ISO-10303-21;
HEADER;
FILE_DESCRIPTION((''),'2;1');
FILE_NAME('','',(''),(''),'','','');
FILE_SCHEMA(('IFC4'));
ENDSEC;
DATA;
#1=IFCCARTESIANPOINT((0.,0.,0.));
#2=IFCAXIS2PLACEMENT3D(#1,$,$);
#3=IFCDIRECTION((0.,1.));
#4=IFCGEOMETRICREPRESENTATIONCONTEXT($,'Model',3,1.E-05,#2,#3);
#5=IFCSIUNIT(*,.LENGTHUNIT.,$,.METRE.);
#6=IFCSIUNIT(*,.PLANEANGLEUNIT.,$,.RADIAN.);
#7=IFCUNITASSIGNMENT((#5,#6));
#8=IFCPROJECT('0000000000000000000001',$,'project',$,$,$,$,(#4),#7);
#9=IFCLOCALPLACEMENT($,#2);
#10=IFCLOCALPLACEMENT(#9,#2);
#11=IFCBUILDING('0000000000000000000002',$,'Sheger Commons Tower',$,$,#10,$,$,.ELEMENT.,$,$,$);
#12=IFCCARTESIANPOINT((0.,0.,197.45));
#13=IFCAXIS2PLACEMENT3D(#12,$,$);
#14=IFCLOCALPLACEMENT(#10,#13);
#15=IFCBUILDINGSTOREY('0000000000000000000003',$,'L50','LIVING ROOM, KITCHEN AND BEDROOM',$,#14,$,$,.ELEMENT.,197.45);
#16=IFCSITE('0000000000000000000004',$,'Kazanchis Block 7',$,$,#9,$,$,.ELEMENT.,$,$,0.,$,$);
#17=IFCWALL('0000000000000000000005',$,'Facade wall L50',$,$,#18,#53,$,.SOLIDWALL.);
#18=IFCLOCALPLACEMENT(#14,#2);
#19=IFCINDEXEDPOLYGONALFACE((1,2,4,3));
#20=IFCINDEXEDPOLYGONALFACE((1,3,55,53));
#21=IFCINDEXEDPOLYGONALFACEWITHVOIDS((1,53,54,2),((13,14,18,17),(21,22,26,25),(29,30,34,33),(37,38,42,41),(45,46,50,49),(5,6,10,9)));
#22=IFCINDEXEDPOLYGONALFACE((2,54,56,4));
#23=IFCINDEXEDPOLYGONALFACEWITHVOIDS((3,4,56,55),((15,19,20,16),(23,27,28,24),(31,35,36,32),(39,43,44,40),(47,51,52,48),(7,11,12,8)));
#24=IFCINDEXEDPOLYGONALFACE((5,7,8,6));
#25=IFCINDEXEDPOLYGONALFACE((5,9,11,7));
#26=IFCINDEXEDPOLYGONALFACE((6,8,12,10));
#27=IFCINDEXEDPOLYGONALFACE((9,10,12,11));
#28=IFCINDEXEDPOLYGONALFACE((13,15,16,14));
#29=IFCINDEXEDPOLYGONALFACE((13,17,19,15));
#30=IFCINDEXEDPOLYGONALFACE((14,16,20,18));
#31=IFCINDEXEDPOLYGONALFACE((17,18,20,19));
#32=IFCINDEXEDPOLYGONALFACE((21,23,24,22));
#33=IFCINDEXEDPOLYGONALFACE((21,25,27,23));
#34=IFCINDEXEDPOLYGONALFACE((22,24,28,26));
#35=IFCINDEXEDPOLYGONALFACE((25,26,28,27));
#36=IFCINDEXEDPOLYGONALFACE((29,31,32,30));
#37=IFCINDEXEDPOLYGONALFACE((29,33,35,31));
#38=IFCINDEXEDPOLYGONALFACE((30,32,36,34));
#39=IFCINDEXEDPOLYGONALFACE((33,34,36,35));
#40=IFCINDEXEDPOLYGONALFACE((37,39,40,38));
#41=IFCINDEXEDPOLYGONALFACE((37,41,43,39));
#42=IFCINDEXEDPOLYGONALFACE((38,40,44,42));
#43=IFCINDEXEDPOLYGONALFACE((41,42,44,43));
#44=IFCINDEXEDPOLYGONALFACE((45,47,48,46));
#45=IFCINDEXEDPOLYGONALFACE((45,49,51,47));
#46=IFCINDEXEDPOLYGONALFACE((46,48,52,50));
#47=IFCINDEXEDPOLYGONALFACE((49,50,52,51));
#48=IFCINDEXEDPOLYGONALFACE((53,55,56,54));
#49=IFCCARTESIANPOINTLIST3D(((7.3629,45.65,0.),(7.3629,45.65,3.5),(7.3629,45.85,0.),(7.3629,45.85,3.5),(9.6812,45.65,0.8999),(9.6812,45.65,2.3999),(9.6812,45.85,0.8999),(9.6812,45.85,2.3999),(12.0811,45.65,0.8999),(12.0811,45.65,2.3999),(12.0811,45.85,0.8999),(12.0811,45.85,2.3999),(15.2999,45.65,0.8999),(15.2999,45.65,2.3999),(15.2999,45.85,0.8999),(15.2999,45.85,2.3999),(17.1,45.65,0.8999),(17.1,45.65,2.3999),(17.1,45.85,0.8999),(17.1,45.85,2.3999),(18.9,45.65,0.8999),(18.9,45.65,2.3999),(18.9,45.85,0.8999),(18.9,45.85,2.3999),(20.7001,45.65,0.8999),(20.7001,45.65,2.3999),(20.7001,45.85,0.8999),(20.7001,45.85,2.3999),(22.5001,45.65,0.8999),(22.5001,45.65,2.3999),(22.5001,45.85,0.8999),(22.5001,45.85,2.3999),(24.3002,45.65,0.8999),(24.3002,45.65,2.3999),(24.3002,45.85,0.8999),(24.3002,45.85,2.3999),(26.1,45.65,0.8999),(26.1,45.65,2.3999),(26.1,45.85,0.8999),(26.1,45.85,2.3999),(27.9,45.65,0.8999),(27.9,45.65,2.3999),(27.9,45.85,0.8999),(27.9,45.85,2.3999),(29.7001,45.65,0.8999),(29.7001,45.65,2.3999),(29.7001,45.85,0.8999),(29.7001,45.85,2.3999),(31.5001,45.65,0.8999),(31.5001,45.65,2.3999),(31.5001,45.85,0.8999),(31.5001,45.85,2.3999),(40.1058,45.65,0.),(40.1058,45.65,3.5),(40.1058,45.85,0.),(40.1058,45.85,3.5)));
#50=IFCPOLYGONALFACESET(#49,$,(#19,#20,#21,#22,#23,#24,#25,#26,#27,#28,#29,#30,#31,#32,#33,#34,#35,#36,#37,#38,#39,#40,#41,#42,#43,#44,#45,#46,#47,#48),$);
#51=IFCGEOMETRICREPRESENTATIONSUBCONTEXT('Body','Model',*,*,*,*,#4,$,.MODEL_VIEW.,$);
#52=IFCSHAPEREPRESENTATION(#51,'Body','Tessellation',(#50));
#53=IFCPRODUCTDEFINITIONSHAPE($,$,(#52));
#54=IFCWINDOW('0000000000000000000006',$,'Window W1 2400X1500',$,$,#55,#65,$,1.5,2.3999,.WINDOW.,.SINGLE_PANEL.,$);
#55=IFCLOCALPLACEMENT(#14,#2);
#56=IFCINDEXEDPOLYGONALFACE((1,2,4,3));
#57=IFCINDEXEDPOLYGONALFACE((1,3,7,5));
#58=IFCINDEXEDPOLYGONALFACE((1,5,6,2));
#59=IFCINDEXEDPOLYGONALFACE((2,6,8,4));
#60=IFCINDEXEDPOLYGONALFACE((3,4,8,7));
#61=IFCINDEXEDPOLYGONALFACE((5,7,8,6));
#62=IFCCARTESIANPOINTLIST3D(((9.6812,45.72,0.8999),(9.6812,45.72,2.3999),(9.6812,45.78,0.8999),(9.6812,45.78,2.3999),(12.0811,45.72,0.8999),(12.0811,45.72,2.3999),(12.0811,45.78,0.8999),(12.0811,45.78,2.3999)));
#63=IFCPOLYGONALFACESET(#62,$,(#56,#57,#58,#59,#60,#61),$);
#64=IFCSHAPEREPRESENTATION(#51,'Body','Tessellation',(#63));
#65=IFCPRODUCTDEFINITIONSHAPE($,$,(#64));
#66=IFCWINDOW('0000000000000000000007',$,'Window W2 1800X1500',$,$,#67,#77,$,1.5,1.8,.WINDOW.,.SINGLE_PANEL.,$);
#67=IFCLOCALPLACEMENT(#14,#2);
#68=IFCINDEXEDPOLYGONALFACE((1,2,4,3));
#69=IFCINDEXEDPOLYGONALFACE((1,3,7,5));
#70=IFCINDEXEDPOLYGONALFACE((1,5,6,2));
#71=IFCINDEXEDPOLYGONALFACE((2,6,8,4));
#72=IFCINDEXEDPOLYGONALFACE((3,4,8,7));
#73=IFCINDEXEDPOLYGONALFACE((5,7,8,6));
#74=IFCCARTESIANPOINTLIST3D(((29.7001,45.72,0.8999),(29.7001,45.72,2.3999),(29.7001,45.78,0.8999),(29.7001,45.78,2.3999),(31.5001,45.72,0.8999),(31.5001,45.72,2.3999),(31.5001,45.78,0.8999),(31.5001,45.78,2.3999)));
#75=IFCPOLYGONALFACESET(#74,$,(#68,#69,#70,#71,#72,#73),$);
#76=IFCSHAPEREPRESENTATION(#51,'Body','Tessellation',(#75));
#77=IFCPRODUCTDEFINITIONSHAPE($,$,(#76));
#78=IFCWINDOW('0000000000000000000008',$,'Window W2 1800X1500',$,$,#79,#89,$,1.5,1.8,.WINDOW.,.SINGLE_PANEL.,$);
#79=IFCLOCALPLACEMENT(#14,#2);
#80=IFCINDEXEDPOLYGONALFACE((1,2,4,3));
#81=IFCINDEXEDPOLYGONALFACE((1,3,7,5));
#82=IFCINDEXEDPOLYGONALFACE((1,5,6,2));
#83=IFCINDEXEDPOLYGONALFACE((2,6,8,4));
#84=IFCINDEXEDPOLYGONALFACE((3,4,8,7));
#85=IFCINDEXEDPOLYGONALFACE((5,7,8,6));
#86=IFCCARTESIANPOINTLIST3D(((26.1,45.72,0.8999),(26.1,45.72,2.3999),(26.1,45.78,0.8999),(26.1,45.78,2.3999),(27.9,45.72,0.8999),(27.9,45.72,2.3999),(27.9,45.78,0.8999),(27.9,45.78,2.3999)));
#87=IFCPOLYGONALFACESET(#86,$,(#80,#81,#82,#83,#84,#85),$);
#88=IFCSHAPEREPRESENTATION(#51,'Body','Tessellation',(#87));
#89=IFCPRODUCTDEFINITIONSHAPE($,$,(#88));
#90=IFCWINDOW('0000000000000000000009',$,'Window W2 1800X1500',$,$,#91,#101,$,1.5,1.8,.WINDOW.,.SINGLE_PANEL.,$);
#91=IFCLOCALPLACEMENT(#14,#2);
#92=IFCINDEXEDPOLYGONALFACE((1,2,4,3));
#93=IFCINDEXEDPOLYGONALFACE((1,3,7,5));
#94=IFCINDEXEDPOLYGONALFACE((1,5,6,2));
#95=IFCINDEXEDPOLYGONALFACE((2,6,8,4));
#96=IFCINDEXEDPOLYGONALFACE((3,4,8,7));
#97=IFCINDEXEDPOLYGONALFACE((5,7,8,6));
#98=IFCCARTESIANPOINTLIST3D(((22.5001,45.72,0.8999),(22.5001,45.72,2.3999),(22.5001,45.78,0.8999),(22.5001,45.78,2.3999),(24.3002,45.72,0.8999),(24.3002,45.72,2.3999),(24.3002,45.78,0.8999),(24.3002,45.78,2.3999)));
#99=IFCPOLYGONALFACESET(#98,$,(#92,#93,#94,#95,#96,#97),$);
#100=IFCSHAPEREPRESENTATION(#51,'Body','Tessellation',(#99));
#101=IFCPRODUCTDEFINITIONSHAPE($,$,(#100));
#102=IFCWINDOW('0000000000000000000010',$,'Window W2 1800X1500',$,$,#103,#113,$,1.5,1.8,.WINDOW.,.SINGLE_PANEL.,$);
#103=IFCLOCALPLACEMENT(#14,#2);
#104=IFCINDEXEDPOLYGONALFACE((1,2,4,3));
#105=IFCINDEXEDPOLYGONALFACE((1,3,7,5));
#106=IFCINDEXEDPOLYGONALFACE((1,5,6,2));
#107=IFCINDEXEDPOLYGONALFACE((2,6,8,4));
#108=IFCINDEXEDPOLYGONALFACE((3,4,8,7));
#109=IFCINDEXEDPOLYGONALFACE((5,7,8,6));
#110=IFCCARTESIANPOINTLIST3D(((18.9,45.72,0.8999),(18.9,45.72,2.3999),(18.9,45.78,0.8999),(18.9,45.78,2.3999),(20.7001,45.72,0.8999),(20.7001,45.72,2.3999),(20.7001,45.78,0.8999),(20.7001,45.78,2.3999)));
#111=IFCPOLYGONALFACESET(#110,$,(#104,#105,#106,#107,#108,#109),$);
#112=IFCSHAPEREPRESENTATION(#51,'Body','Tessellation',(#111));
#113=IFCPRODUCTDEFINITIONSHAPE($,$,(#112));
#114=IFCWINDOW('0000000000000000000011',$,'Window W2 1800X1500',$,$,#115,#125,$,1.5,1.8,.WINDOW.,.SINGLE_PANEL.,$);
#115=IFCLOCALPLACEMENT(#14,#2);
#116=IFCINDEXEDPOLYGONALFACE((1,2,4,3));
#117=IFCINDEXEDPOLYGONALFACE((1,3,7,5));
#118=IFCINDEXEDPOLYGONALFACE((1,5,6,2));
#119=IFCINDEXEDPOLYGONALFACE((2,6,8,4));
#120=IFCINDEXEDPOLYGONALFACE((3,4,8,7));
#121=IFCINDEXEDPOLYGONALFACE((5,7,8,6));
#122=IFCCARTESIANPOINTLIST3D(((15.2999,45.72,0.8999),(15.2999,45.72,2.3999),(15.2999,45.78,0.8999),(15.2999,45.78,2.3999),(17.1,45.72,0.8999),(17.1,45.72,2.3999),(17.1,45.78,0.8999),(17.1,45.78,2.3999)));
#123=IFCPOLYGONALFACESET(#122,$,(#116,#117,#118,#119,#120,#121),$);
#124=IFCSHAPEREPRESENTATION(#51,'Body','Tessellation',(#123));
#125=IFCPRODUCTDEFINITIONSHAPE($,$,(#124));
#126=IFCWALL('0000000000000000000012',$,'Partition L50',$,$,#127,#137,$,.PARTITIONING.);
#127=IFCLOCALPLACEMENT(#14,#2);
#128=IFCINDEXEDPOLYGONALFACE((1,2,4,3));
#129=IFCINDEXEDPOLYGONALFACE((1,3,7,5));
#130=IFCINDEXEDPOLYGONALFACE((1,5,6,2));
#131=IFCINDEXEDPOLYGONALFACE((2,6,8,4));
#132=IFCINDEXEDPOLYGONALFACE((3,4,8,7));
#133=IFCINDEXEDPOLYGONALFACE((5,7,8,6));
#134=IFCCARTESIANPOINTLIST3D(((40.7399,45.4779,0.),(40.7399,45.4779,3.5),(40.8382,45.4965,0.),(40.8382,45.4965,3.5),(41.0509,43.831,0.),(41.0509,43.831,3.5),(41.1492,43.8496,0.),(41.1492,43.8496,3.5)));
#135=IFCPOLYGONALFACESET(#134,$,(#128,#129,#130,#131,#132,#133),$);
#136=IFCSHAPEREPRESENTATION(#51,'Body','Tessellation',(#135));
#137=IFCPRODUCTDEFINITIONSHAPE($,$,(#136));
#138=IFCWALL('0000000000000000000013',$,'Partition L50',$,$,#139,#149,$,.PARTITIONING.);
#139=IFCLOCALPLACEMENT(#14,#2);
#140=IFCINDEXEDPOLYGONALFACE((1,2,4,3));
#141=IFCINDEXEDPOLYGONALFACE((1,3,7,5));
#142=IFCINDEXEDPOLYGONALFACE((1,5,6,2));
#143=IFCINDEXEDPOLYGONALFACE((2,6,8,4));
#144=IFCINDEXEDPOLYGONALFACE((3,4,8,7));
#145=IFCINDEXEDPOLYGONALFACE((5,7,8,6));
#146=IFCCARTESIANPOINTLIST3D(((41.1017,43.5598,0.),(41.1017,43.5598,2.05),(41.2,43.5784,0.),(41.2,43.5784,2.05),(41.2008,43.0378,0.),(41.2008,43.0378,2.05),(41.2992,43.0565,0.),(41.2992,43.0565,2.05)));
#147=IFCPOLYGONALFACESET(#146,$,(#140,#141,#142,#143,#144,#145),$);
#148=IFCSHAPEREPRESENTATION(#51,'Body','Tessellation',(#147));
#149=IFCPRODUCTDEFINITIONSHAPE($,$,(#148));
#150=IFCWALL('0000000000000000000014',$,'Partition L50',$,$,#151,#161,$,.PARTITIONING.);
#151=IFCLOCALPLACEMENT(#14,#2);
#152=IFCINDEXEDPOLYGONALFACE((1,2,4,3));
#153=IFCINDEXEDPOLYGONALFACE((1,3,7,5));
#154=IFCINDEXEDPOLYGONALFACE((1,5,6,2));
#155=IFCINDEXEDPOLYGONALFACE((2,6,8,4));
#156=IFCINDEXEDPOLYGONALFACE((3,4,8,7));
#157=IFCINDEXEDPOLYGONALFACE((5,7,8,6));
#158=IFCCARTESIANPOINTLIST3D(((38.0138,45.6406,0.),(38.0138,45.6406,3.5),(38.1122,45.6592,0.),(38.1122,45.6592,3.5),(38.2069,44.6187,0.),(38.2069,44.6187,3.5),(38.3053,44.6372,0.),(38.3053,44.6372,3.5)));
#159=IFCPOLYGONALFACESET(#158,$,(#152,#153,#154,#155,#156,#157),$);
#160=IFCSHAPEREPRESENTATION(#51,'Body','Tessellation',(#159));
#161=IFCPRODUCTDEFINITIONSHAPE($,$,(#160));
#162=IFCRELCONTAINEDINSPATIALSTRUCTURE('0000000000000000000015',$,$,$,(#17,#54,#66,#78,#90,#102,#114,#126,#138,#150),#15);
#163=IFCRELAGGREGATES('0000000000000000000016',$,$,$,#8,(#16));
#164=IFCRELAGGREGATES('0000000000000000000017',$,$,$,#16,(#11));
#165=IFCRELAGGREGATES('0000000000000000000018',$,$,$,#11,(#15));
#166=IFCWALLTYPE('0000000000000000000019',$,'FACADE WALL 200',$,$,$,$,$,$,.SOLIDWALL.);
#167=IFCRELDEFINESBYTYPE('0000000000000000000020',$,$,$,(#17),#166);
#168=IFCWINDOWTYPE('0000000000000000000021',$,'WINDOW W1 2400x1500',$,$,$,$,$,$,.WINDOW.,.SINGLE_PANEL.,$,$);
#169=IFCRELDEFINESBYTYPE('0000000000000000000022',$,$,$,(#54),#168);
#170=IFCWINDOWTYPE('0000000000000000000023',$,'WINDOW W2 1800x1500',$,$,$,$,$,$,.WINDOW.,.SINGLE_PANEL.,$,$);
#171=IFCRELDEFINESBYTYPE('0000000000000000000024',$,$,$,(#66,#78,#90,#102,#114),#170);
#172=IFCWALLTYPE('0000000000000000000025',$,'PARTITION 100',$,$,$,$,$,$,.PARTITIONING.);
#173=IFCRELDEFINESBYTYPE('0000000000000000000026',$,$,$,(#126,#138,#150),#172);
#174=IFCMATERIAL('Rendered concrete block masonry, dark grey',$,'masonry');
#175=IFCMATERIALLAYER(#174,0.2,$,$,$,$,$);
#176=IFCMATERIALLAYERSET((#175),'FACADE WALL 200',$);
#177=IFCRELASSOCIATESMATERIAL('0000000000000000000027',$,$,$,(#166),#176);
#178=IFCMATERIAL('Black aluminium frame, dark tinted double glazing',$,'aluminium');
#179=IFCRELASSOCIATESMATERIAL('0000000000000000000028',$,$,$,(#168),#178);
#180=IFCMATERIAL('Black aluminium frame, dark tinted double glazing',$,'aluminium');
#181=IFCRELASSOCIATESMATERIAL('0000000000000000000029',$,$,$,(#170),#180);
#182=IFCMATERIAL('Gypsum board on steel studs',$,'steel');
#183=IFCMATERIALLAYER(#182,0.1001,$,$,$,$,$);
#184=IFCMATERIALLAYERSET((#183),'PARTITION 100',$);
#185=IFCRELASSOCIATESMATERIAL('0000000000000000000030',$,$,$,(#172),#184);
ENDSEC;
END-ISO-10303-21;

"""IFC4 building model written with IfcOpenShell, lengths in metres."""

from ifc_helpers import new_model, si_unit, direction, frame, frame_2d, origin, place, context, subcontext, project, spatial, rectangle, extrude, material, layer, layer_set, type_object, element, fill, save


model = new_model("IFC4")

# Units and contexts
model_context = context("Model", 3, precision=1e-05, world=origin(), true_north=direction((0.0, 1.0)))
body_context = subcontext(model_context, "Body", "Model", "MODEL_VIEW")
ifc_project = project(units=[si_unit("LENGTHUNIT", "METRE"), si_unit("PLANEANGLEUNIT", "RADIAN")], contexts=[model_context])

# Site, building, storey
site_placement = place(None, origin())
site = spatial("IfcSite", under=ifc_project, at=site_placement, Name="Kazanchis Block 7", CompositionType="ELEMENT", RefElevation=0.0)
building_placement = place(site_placement, origin())
building = spatial("IfcBuilding", under=site, at=building_placement, Name="Sheger Commons Tower", CompositionType="ELEMENT")
storey_placement = place(building_placement, frame((0.0, 0.0, 197.45)))
storey = spatial("IfcBuildingStorey", under=building, at=storey_placement, Name="L50", Description="LIVING ROOM, KITCHEN AND BEDROOM", CompositionType="ELEMENT", Elevation=197.45)

# Shared definitions
ifc_material_1 = material(Name="Rendered concrete block masonry, dark grey", Category="masonry")
ifc_layer_1 = layer(ifc_material_1, 0.2)
ifc_layer_set_1 = layer_set([ifc_layer_1], Name="FACADE WALL 200")
wall_type_1 = type_object("IfcWallType", Name="FACADE WALL 200", PredefinedType="SOLIDWALL", material=ifc_layer_set_1)

# Wall, openings, windows
wall_1_placement = place(storey_placement, frame((40.106, 45.75, 0.0), z_axis=(0.0, 0.0, 1.0), x_axis=(-1.0, 0.0, 0.0)))
wall_1 = element("IfcWall", 1, at=wall_1_placement, inside=storey, type_object=wall_type_1, Name="Facade wall L50", PredefinedType="SOLIDWALL", context=body_context, shape_type="SweptSolid", body=[
    extrude(rectangle(XDim=32.7429, YDim=0.2, at=frame_2d((16.3716, 0.0))), origin(), (0.0, 0.0, 1.0), 3.5),
])
opening_1_placement = place(wall_1_placement, frame((8.606, 0.0, 0.8999)))
opening_1 = element("IfcOpeningElement", 2, at=opening_1_placement, cuts=wall_1, PredefinedType="OPENING", context=body_context, shape_type="SweptSolid", body=[
    extrude(rectangle(XDim=1.8, YDim=1.5, at=frame_2d((0.8999, 0.75))), frame((0.0, 0.1099, 0.0), z_axis=(0.0, -1.0, 0.0), x_axis=(1.0, 0.0, 0.0)), (0.0, 0.0, 1.0), 0.22),
])
opening_2_placement = place(wall_1_placement, frame((12.2061, 0.0, 0.8999)))
opening_2 = element("IfcOpeningElement", 3, at=opening_2_placement, cuts=wall_1, PredefinedType="OPENING", context=body_context, shape_type="SweptSolid", body=[
    extrude(rectangle(XDim=1.8, YDim=1.5, at=frame_2d((0.8999, 0.75))), frame((0.0, 0.1099, 0.0), z_axis=(0.0, -1.0, 0.0), x_axis=(1.0, 0.0, 0.0)), (0.0, 0.0, 1.0), 0.22),
])
opening_3_placement = place(wall_1_placement, frame((15.8059, 0.0, 0.8999)))
opening_3 = element("IfcOpeningElement", 4, at=opening_3_placement, cuts=wall_1, PredefinedType="OPENING", context=body_context, shape_type="SweptSolid", body=[
    extrude(rectangle(XDim=1.8, YDim=1.5, at=frame_2d((0.8999, 0.75))), frame((0.0, 0.1099, 0.0), z_axis=(0.0, -1.0, 0.0), x_axis=(1.0, 0.0, 0.0)), (0.0, 0.0, 1.0), 0.22),
])
opening_4_placement = place(wall_1_placement, frame((19.406, 0.0, 0.8999)))
opening_4 = element("IfcOpeningElement", 5, at=opening_4_placement, cuts=wall_1, PredefinedType="OPENING", context=body_context, shape_type="SweptSolid", body=[
    extrude(rectangle(XDim=1.8, YDim=1.5, at=frame_2d((0.8999, 0.75))), frame((0.0, 0.1099, 0.0), z_axis=(0.0, -1.0, 0.0), x_axis=(1.0, 0.0, 0.0)), (0.0, 0.0, 1.0), 0.22),
])
opening_5_placement = place(wall_1_placement, frame((23.0061, 0.0, 0.8999)))
opening_5 = element("IfcOpeningElement", 6, at=opening_5_placement, cuts=wall_1, PredefinedType="OPENING", context=body_context, shape_type="SweptSolid", body=[
    extrude(rectangle(XDim=1.8, YDim=1.5, at=frame_2d((0.8999, 0.75))), frame((0.0, 0.1099, 0.0), z_axis=(0.0, -1.0, 0.0), x_axis=(1.0, 0.0, 0.0)), (0.0, 0.0, 1.0), 0.22),
])
opening_6_placement = place(wall_1_placement, frame((28.0249, 0.0, 0.8999)))
opening_6 = element("IfcOpeningElement", 7, at=opening_6_placement, cuts=wall_1, PredefinedType="OPENING", context=body_context, shape_type="SweptSolid", body=[
    extrude(rectangle(XDim=2.3999, YDim=1.5, at=frame_2d((1.2, 0.75))), frame((0.0, 0.1099, 0.0), z_axis=(0.0, -1.0, 0.0), x_axis=(1.0, 0.0, 0.0)), (0.0, 0.0, 1.0), 0.22),
])
ifc_material_2 = material(Name="Black aluminium frame, dark tinted double glazing", Category="aluminium")
window_type_1 = type_object("IfcWindowType", Name="WINDOW W1 2400x1500", PartitioningType="SINGLE_PANEL", PredefinedType="WINDOW", material=ifc_material_2)
window_1_placement = place(opening_6_placement, origin())
window_1 = element("IfcWindow", 8, at=window_1_placement, inside=storey, type_object=window_type_1, Name="Window W1 2400X1500", OverallHeight=1.5, OverallWidth=2.3999, PartitioningType="SINGLE_PANEL", PredefinedType="WINDOW", context=body_context, shape_type="SweptSolid", body=[
    extrude(rectangle(XDim=2.3999, YDim=1.5, at=frame_2d((1.2, 0.75))), frame((0.0, 0.03, 0.0), z_axis=(0.0, -1.0, 0.0), x_axis=(1.0, 0.0, 0.0)), (0.0, 0.0, 1.0), 0.0601),
])
fill(opening_6, window_1)
ifc_material_3 = material(Name="Black aluminium frame, dark tinted double glazing", Category="aluminium")
window_type_2 = type_object("IfcWindowType", Name="WINDOW W2 1800x1500", PartitioningType="SINGLE_PANEL", PredefinedType="WINDOW", material=ifc_material_3)
window_2_placement = place(opening_1_placement, origin())
window_2 = element("IfcWindow", 9, at=window_2_placement, inside=storey, type_object=window_type_2, Name="Window W2 1800X1500", OverallHeight=1.5, OverallWidth=1.8, PartitioningType="SINGLE_PANEL", PredefinedType="WINDOW", context=body_context, shape_type="SweptSolid", body=[
    extrude(rectangle(XDim=1.8, YDim=1.5, at=frame_2d((0.8999, 0.75))), frame((0.0, 0.03, 0.0), z_axis=(0.0, -1.0, 0.0), x_axis=(1.0, 0.0, 0.0)), (0.0, 0.0, 1.0), 0.0601),
])
fill(opening_1, window_2)
window_3_placement = place(opening_2_placement, origin())
window_3 = element("IfcWindow", 10, at=window_3_placement, inside=storey, type_object=window_type_2, Name="Window W2 1800X1500", OverallHeight=1.5, OverallWidth=1.8, PartitioningType="SINGLE_PANEL", PredefinedType="WINDOW", context=body_context, shape_type="SweptSolid", body=[
    extrude(rectangle(XDim=1.8, YDim=1.5, at=frame_2d((0.8999, 0.75))), frame((0.0, 0.03, 0.0), z_axis=(0.0, -1.0, 0.0), x_axis=(1.0, 0.0, 0.0)), (0.0, 0.0, 1.0), 0.0601),
])
fill(opening_2, window_3)
window_4_placement = place(opening_3_placement, origin())
window_4 = element("IfcWindow", 11, at=window_4_placement, inside=storey, type_object=window_type_2, Name="Window W2 1800X1500", OverallHeight=1.5, OverallWidth=1.8, PartitioningType="SINGLE_PANEL", PredefinedType="WINDOW", context=body_context, shape_type="SweptSolid", body=[
    extrude(rectangle(XDim=1.8, YDim=1.5, at=frame_2d((0.8999, 0.75))), frame((0.0, 0.03, 0.0), z_axis=(0.0, -1.0, 0.0), x_axis=(1.0, 0.0, 0.0)), (0.0, 0.0, 1.0), 0.0601),
])
fill(opening_3, window_4)
window_5_placement = place(opening_4_placement, origin())
window_5 = element("IfcWindow", 12, at=window_5_placement, inside=storey, type_object=window_type_2, Name="Window W2 1800X1500", OverallHeight=1.5, OverallWidth=1.8, PartitioningType="SINGLE_PANEL", PredefinedType="WINDOW", context=body_context, shape_type="SweptSolid", body=[
    extrude(rectangle(XDim=1.8, YDim=1.5, at=frame_2d((0.8999, 0.75))), frame((0.0, 0.03, 0.0), z_axis=(0.0, -1.0, 0.0), x_axis=(1.0, 0.0, 0.0)), (0.0, 0.0, 1.0), 0.0601),
])
fill(opening_4, window_5)
window_6_placement = place(opening_5_placement, origin())
window_6 = element("IfcWindow", 13, at=window_6_placement, inside=storey, type_object=window_type_2, Name="Window W2 1800X1500", OverallHeight=1.5, OverallWidth=1.8, PartitioningType="SINGLE_PANEL", PredefinedType="WINDOW", context=body_context, shape_type="SweptSolid", body=[
    extrude(rectangle(XDim=1.8, YDim=1.5, at=frame_2d((0.8999, 0.75))), frame((0.0, 0.03, 0.0), z_axis=(0.0, -1.0, 0.0), x_axis=(1.0, 0.0, 0.0)), (0.0, 0.0, 1.0), 0.0601),
])
fill(opening_5, window_6)

# Walls
ifc_material_4 = material(Name="Gypsum board on steel studs", Category="steel")
ifc_layer_2 = layer(ifc_material_4, 0.1001)
ifc_layer_set_2 = layer_set([ifc_layer_2], Name="PARTITION 100")
wall_type_2 = type_object("IfcWallType", Name="PARTITION 100", PredefinedType="PARTITIONING", material=ifc_layer_set_2)
wall_2_placement = place(storey_placement, frame((40.7891, 45.4871, 0.0), z_axis=(0.0, 0.0, 1.0), x_axis=(0.185572, -0.982631, 0.0)))
element("IfcWall", 14, at=wall_2_placement, inside=storey, type_object=wall_type_2, Name="Partition L50", PredefinedType="PARTITIONING", context=body_context, shape_type="SweptSolid", body=[
    extrude(rectangle(XDim=1.676, YDim=0.1001, at=frame_2d((0.8379, 0.0))), origin(), (0.0, 0.0, 1.0), 3.5),
])
wall_3_placement = place(storey_placement, frame((41.1509, 43.5691, 0.0), z_axis=(0.0, 0.0, 1.0), x_axis=(0.186563, -0.982443, 0.0)))
element("IfcWall", 15, at=wall_3_placement, inside=storey, type_object=wall_type_2, Name="Partition L50", PredefinedType="PARTITIONING", context=body_context, shape_type="SweptSolid", body=[
    extrude(rectangle(XDim=0.5312, YDim=0.1001, at=frame_2d((0.2656, 0.0))), origin(), (0.0, 0.0, 1.0), 2.05),
])
wall_4_placement = place(storey_placement, frame((38.063, 45.6499, 0.0), z_axis=(0.0, 0.0, 1.0), x_axis=(0.185677, -0.982611, 0.0)))
element("IfcWall", 16, at=wall_4_placement, inside=storey, type_object=wall_type_2, Name="Partition L50", PredefinedType="PARTITIONING", context=body_context, shape_type="SweptSolid", body=[
    extrude(rectangle(XDim=1.04, YDim=0.1001, at=frame_2d((0.52, 0.0))), origin(), (0.0, 0.0, 1.0), 3.5),
])

save(model, "model.ifc")
